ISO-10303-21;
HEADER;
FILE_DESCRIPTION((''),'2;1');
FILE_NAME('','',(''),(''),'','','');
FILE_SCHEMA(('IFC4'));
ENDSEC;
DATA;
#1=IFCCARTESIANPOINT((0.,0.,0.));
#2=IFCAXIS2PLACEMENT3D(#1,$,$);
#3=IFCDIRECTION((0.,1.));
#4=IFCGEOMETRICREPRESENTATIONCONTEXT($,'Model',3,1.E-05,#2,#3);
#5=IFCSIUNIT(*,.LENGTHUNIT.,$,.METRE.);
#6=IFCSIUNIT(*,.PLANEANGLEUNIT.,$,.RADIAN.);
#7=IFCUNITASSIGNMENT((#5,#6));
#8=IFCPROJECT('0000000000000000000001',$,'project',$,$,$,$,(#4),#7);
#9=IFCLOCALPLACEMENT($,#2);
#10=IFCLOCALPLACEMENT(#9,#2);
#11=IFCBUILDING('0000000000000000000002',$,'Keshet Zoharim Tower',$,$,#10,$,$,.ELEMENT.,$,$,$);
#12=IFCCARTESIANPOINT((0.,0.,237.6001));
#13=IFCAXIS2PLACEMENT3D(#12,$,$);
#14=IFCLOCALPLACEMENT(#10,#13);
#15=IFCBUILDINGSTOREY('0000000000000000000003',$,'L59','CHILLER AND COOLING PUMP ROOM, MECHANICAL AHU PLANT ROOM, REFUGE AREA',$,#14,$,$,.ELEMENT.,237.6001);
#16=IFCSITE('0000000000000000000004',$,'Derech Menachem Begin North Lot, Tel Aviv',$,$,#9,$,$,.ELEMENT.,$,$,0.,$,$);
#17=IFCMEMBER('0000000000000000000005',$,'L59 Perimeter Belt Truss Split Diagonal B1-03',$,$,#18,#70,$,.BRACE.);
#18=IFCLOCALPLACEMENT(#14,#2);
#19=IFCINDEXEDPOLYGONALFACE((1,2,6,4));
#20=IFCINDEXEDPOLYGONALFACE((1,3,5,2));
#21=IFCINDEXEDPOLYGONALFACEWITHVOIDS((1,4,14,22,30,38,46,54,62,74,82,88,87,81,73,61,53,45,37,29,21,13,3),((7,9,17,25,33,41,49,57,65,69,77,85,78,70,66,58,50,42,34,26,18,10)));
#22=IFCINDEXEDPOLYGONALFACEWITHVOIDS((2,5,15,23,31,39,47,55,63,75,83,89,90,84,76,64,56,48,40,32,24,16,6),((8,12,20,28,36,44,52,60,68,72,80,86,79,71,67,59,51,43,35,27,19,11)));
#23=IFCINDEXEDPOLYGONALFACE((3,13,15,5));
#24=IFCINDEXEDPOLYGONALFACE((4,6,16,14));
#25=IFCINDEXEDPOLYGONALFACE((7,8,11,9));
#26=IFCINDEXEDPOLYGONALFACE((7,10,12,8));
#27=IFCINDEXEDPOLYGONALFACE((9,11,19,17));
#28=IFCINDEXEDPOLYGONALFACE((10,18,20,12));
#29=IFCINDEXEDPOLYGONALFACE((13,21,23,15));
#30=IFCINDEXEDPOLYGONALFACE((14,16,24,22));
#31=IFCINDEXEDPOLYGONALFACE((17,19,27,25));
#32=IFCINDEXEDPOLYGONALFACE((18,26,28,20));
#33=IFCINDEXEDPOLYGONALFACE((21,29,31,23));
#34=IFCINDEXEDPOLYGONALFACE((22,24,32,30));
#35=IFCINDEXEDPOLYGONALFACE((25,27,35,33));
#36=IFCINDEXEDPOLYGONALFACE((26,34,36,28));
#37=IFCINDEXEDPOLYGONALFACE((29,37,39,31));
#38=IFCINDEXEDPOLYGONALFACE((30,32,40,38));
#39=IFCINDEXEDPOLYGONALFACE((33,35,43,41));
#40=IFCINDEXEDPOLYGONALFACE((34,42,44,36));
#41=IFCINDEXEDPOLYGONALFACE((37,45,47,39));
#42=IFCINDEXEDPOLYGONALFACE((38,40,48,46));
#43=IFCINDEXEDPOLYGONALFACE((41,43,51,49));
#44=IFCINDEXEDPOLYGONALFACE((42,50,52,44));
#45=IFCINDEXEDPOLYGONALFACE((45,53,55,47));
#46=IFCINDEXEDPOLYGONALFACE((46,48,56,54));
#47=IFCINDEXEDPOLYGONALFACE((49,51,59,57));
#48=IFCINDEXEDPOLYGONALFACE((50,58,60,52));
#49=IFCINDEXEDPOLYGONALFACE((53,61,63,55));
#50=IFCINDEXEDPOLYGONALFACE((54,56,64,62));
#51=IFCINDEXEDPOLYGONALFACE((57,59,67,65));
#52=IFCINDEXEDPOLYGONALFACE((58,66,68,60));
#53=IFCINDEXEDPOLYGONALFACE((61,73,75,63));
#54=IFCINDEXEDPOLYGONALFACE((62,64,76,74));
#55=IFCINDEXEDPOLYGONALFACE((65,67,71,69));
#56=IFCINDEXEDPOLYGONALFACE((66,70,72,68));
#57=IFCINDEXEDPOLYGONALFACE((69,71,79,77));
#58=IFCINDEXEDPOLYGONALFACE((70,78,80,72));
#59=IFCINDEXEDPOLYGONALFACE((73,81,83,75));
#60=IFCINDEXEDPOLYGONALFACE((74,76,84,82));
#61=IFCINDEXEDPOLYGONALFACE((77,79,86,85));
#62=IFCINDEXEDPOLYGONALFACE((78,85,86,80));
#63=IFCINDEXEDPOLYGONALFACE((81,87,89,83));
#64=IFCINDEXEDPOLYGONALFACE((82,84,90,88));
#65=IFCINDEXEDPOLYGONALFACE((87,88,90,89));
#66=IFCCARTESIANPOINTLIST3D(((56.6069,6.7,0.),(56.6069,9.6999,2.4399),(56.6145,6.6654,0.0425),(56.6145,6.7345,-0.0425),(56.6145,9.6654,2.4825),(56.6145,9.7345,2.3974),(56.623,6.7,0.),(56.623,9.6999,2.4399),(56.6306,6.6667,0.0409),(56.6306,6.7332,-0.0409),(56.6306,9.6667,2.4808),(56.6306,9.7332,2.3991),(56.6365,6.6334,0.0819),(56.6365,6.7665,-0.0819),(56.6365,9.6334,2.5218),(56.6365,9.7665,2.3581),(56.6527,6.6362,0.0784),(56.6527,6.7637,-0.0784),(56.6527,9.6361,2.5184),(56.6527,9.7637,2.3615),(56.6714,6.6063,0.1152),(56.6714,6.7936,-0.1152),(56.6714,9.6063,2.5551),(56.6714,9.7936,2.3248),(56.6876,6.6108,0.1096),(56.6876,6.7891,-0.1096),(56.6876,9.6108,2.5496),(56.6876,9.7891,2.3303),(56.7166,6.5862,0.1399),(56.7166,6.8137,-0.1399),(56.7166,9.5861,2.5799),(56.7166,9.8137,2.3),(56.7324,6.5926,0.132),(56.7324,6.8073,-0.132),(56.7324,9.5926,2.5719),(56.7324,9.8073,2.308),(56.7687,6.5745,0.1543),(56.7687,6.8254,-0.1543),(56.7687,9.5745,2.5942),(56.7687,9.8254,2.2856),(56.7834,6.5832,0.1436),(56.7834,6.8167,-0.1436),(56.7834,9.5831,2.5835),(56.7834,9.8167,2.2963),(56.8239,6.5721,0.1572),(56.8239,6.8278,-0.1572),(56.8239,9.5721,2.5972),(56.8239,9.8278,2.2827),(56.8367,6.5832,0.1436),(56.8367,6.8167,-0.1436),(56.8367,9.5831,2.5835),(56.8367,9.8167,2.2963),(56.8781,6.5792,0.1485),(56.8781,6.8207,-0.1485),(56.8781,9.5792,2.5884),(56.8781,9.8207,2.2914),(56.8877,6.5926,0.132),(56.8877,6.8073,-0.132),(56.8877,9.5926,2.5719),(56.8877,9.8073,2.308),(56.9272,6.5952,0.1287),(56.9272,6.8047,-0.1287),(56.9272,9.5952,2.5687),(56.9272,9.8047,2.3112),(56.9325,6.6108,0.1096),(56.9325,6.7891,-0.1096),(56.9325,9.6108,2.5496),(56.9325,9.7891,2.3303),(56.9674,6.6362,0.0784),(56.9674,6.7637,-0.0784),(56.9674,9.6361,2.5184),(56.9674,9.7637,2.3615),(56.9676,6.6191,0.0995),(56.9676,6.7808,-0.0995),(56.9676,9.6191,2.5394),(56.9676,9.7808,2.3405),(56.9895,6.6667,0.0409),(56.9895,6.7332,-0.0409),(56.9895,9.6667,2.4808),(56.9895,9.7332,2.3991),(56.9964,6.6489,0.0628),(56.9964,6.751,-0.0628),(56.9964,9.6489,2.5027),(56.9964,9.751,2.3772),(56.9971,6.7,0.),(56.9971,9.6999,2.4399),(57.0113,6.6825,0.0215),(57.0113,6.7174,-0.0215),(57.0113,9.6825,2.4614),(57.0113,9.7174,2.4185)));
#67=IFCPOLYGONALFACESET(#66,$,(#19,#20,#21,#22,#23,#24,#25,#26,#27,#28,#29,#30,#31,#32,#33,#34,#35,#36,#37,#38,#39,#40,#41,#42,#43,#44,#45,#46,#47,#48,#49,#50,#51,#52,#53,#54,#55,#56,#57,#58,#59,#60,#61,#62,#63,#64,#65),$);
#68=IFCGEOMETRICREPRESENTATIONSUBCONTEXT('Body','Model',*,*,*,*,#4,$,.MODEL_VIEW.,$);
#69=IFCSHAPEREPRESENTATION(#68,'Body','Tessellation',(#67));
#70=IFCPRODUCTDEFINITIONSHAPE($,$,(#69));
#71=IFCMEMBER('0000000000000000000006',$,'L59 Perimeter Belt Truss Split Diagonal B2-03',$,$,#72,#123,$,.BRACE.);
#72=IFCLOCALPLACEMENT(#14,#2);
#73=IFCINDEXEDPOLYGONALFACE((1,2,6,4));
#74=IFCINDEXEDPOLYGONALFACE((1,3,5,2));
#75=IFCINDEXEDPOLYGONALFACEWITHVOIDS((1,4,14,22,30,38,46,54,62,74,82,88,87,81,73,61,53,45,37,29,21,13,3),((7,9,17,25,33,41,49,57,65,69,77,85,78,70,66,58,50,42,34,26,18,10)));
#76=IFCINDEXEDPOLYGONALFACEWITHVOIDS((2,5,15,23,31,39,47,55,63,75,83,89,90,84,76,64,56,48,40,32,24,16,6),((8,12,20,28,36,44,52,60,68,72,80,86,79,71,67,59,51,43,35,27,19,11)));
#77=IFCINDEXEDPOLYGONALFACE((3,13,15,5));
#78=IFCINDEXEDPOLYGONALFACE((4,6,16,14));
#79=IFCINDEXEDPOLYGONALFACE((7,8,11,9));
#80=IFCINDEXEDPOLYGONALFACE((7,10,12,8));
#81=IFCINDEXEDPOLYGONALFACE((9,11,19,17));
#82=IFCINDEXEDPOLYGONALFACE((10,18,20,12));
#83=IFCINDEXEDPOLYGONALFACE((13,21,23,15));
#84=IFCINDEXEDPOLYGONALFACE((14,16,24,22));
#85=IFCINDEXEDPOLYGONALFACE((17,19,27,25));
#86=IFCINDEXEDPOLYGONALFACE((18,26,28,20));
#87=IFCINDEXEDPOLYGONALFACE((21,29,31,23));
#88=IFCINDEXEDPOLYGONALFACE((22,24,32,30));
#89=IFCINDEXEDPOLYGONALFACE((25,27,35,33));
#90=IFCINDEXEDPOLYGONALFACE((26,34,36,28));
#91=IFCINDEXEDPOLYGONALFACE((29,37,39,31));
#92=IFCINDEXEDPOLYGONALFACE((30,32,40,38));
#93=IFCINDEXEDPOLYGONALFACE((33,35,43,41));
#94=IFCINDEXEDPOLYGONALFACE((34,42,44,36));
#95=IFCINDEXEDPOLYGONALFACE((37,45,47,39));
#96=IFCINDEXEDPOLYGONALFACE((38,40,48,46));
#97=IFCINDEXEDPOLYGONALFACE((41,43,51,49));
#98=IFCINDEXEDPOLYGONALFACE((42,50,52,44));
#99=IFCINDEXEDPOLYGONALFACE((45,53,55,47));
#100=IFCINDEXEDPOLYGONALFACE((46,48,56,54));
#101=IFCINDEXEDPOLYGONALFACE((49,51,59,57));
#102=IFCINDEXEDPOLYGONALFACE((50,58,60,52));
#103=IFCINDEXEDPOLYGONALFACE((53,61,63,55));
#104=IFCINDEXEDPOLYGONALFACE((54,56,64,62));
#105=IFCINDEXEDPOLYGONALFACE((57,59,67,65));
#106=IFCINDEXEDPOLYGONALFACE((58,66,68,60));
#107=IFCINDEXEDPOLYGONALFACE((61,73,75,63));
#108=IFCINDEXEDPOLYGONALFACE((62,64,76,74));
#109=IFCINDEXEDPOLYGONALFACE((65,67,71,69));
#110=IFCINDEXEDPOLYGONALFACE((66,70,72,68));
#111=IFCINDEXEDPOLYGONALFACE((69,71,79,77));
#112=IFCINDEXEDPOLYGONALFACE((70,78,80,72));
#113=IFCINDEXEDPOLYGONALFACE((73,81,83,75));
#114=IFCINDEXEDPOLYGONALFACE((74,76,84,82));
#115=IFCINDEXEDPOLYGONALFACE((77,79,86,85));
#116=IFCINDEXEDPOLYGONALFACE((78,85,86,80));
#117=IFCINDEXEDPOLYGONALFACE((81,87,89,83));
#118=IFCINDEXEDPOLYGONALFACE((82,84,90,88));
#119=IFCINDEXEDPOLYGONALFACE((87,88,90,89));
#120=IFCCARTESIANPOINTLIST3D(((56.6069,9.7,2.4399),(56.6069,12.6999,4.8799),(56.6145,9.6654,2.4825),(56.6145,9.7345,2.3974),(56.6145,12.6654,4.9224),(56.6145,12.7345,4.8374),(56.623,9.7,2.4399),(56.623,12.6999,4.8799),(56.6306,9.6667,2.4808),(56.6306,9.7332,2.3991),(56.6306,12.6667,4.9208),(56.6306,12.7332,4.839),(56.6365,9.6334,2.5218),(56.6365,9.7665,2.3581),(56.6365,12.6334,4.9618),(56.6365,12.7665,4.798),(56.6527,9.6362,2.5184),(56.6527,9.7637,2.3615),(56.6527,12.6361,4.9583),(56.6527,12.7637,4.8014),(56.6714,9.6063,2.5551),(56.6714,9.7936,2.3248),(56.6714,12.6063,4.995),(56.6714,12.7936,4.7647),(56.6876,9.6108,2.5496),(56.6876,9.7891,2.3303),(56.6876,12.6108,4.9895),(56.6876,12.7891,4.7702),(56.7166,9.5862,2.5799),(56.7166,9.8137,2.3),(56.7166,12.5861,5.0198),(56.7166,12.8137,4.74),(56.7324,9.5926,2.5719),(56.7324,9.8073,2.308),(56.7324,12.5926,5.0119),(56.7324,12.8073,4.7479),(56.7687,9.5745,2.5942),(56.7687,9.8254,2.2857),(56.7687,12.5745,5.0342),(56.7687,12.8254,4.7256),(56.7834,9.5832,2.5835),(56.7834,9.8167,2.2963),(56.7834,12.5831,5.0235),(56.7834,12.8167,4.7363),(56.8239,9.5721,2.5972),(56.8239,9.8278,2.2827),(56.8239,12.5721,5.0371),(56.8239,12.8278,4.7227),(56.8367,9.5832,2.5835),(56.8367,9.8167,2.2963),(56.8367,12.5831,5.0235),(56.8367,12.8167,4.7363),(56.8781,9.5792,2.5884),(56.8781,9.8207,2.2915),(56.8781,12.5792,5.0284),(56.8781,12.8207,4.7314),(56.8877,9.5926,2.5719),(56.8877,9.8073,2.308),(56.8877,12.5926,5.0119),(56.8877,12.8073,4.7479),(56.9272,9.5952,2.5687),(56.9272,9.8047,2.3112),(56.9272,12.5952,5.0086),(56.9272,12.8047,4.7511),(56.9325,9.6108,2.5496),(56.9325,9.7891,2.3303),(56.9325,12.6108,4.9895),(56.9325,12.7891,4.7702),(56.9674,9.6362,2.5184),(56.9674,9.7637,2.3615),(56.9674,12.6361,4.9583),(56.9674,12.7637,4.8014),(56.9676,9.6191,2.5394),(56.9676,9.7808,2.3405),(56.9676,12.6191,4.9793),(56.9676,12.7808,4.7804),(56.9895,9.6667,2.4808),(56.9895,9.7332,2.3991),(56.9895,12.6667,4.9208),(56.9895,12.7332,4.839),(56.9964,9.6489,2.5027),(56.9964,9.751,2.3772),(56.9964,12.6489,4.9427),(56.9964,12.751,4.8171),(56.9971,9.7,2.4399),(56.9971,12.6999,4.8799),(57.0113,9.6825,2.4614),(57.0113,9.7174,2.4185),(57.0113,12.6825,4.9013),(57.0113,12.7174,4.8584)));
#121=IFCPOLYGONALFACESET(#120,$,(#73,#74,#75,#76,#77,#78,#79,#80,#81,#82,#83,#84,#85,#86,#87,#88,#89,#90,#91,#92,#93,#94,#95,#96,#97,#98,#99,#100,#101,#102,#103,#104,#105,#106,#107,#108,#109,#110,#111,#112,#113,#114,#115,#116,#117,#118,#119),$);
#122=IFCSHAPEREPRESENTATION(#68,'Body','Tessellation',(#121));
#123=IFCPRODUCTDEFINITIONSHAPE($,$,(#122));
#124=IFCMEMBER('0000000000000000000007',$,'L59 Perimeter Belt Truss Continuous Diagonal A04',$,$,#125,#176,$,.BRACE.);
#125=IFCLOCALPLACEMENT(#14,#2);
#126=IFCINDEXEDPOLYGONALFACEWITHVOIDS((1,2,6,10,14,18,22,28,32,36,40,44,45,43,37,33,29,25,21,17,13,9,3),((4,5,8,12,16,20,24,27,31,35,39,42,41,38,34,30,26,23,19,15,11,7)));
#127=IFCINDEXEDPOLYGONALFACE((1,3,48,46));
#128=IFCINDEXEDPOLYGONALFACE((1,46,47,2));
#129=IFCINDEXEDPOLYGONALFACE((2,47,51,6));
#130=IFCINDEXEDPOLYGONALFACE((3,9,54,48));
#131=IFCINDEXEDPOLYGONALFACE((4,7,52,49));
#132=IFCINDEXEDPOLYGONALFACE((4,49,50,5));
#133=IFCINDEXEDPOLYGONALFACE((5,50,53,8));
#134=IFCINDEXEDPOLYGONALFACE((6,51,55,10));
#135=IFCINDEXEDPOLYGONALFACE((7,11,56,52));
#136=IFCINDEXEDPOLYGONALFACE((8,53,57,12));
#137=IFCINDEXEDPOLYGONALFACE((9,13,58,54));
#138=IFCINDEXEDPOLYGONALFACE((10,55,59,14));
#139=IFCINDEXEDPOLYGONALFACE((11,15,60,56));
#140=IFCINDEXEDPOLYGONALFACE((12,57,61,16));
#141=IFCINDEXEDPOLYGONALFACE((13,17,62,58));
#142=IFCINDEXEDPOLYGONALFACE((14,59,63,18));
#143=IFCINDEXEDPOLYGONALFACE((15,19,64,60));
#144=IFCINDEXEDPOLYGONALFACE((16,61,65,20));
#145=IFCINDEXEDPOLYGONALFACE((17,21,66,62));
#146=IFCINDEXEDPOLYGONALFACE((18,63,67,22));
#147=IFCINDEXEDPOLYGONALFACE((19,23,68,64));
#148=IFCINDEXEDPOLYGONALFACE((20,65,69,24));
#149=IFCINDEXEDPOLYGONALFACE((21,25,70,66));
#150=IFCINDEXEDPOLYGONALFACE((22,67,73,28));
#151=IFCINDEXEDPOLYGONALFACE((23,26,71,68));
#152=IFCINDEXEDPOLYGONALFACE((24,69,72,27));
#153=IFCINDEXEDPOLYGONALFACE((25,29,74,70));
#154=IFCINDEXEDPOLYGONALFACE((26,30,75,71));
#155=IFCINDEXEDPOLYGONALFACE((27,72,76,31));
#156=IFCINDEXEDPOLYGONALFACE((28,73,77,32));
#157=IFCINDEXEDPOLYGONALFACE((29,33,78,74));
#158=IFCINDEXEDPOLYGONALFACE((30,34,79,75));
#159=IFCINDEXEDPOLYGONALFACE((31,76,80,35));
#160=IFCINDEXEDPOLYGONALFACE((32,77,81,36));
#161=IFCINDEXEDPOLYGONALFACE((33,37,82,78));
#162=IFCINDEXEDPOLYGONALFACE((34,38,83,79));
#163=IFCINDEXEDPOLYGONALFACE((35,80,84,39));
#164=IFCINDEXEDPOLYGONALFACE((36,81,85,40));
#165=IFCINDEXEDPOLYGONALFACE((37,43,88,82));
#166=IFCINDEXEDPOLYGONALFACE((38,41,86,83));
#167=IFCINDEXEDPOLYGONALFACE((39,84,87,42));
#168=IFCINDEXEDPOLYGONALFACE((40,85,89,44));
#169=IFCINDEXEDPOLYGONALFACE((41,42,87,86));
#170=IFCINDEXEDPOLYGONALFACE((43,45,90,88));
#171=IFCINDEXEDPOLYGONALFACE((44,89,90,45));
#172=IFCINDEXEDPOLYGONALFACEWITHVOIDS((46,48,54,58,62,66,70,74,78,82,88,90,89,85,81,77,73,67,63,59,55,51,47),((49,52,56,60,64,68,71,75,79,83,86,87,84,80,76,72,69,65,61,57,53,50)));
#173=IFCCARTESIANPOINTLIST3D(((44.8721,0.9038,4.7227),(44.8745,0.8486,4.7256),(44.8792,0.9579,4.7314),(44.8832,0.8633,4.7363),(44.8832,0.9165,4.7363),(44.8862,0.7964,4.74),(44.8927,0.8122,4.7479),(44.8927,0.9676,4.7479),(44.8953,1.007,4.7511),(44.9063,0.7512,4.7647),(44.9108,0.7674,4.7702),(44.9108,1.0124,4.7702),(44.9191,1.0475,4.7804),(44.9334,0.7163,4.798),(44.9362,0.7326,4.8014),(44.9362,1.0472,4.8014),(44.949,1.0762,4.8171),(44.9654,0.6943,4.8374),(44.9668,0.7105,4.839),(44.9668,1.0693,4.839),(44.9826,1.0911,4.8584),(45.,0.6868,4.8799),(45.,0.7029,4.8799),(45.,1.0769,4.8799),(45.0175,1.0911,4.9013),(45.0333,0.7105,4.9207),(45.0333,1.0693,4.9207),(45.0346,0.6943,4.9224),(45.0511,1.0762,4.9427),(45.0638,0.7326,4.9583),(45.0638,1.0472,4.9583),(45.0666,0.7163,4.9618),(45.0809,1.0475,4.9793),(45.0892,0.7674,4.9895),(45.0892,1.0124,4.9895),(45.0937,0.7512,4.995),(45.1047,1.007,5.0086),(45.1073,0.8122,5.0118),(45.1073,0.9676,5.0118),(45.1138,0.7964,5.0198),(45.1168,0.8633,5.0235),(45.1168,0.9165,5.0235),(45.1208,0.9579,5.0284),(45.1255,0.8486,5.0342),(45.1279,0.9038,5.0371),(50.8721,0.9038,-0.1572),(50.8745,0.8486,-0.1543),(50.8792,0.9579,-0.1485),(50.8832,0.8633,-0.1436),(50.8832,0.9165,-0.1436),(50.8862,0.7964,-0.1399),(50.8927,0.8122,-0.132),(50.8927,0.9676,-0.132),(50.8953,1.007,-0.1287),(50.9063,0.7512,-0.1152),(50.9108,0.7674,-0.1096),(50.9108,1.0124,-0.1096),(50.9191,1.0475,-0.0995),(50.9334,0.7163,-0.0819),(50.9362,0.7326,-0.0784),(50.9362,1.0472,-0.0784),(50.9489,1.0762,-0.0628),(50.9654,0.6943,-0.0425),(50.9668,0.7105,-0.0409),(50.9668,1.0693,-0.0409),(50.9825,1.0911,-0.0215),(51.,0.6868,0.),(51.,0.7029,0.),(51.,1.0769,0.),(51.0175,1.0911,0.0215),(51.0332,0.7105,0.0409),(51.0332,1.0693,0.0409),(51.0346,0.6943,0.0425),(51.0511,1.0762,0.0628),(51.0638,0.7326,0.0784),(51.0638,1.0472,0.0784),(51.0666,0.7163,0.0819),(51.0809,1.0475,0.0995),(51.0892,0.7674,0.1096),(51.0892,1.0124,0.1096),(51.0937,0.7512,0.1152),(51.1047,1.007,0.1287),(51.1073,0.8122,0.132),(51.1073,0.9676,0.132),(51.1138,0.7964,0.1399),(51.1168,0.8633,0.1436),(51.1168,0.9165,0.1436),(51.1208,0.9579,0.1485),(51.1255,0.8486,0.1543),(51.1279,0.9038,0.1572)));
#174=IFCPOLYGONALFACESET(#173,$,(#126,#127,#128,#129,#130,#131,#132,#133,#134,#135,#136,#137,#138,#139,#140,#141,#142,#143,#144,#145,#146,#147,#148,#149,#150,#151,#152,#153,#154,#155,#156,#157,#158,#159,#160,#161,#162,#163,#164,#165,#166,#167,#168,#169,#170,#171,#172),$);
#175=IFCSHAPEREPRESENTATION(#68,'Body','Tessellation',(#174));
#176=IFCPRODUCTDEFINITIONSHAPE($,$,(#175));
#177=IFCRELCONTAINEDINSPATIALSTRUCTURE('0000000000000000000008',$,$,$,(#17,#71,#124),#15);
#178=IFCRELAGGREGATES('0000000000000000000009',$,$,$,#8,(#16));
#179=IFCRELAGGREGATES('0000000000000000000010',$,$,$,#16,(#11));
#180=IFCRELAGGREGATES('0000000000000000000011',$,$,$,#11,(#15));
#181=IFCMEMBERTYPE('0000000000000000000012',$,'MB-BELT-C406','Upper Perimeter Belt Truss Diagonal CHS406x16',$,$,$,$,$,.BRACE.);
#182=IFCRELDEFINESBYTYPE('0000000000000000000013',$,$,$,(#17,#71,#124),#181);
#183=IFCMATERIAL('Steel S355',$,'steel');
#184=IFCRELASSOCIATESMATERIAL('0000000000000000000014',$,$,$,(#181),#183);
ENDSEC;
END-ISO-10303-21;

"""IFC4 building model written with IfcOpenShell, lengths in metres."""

from ifc_helpers import new_model, si_unit, direction, frame, origin, origin_2d, place, context, subcontext, project, spatial, hollow_circle, extrude, material, material_profile, profile_set, type_object, element, save


model = new_model("IFC4")

# Units and contexts
model_context = context("Model", 3, precision=1e-05, world=origin(), true_north=direction((0.0, 1.0)))
body_context = subcontext(model_context, "Body", "Model", "MODEL_VIEW")
ifc_project = project(units=[si_unit("LENGTHUNIT", "METRE"), si_unit("PLANEANGLEUNIT", "RADIAN")], contexts=[model_context])

# Site, building, storey
site_placement = place(None, origin())
site = spatial("IfcSite", under=ifc_project, at=site_placement, Name="Derech Menachem Begin North Lot, Tel Aviv", CompositionType="ELEMENT", RefElevation=0.0)
building_placement = place(site_placement, origin())
building = spatial("IfcBuilding", under=site, at=building_placement, Name="Keshet Zoharim Tower", CompositionType="ELEMENT")
storey_placement = place(building_placement, frame((0.0, 0.0, 237.6001)))
storey = spatial("IfcBuildingStorey", under=building, at=storey_placement, Name="L59", Description="CHILLER AND COOLING PUMP ROOM, MECHANICAL AHU PLANT ROOM, REFUGE AREA", CompositionType="ELEMENT", Elevation=237.6001)

# Shared definitions
ifc_material_1 = material(Name="Steel S355", Category="steel")

# Members
ifc_material_profile_1 = material_profile(ifc_material_1, hollow_circle(Radius=0.2031, WallThickness=0.0161, at=origin_2d()), Name="CHS406x16")
ifc_profile_set_1 = profile_set([ifc_material_profile_1], Name="Steel S355")
member_type_1 = type_object("IfcMemberType", Name="MB-BELT-C406", Description="Upper Perimeter Belt Truss Diagonal CHS406x16", PredefinedType="BRACE", material=ifc_profile_set_1)
for number, where, z_axis, x_axis, name in (
    (1, (56.8101, 6.7, 0.0), (0.0, 0.775805, 0.630973), (-1.0, 0.0, 0.0), "L59 Perimeter Belt Truss Split Diagonal B1-03"),
    (2, (56.8101, 9.7, 2.4399), (0.0, 0.775805, 0.630973), (-1.0, 0.0, 0.0), "L59 Perimeter Belt Truss Split Diagonal B2-03"),
):
    element("IfcMember", number, at=place(storey_placement, frame(where, z_axis=z_axis, x_axis=x_axis)), inside=storey, type_object=member_type_1, Name=name, PredefinedType="BRACE", context=body_context, shape_type="SweptSolid", body=[
        extrude(hollow_circle(Radius=0.2031, WallThickness=0.0161, at=origin_2d()), origin(), (0.0, 0.0, 1.0), 3.8669),
    ])
member_1_placement = place(storey_placement, frame((51.0, 0.8899, 0.0), z_axis=(-0.775805, 0.0, 0.630973), x_axis=(0.0, -1.0, 0.0)))
element("IfcMember", 3, at=member_1_placement, inside=storey, type_object=member_type_1, Name="L59 Perimeter Belt Truss Continuous Diagonal A04", PredefinedType="BRACE", context=body_context, shape_type="SweptSolid", body=[
    extrude(hollow_circle(Radius=0.2031, WallThickness=0.0161, at=origin_2d()), origin(), (0.0, 0.0, 1.0), 7.7339),
])

save(model, "model.ifc")
